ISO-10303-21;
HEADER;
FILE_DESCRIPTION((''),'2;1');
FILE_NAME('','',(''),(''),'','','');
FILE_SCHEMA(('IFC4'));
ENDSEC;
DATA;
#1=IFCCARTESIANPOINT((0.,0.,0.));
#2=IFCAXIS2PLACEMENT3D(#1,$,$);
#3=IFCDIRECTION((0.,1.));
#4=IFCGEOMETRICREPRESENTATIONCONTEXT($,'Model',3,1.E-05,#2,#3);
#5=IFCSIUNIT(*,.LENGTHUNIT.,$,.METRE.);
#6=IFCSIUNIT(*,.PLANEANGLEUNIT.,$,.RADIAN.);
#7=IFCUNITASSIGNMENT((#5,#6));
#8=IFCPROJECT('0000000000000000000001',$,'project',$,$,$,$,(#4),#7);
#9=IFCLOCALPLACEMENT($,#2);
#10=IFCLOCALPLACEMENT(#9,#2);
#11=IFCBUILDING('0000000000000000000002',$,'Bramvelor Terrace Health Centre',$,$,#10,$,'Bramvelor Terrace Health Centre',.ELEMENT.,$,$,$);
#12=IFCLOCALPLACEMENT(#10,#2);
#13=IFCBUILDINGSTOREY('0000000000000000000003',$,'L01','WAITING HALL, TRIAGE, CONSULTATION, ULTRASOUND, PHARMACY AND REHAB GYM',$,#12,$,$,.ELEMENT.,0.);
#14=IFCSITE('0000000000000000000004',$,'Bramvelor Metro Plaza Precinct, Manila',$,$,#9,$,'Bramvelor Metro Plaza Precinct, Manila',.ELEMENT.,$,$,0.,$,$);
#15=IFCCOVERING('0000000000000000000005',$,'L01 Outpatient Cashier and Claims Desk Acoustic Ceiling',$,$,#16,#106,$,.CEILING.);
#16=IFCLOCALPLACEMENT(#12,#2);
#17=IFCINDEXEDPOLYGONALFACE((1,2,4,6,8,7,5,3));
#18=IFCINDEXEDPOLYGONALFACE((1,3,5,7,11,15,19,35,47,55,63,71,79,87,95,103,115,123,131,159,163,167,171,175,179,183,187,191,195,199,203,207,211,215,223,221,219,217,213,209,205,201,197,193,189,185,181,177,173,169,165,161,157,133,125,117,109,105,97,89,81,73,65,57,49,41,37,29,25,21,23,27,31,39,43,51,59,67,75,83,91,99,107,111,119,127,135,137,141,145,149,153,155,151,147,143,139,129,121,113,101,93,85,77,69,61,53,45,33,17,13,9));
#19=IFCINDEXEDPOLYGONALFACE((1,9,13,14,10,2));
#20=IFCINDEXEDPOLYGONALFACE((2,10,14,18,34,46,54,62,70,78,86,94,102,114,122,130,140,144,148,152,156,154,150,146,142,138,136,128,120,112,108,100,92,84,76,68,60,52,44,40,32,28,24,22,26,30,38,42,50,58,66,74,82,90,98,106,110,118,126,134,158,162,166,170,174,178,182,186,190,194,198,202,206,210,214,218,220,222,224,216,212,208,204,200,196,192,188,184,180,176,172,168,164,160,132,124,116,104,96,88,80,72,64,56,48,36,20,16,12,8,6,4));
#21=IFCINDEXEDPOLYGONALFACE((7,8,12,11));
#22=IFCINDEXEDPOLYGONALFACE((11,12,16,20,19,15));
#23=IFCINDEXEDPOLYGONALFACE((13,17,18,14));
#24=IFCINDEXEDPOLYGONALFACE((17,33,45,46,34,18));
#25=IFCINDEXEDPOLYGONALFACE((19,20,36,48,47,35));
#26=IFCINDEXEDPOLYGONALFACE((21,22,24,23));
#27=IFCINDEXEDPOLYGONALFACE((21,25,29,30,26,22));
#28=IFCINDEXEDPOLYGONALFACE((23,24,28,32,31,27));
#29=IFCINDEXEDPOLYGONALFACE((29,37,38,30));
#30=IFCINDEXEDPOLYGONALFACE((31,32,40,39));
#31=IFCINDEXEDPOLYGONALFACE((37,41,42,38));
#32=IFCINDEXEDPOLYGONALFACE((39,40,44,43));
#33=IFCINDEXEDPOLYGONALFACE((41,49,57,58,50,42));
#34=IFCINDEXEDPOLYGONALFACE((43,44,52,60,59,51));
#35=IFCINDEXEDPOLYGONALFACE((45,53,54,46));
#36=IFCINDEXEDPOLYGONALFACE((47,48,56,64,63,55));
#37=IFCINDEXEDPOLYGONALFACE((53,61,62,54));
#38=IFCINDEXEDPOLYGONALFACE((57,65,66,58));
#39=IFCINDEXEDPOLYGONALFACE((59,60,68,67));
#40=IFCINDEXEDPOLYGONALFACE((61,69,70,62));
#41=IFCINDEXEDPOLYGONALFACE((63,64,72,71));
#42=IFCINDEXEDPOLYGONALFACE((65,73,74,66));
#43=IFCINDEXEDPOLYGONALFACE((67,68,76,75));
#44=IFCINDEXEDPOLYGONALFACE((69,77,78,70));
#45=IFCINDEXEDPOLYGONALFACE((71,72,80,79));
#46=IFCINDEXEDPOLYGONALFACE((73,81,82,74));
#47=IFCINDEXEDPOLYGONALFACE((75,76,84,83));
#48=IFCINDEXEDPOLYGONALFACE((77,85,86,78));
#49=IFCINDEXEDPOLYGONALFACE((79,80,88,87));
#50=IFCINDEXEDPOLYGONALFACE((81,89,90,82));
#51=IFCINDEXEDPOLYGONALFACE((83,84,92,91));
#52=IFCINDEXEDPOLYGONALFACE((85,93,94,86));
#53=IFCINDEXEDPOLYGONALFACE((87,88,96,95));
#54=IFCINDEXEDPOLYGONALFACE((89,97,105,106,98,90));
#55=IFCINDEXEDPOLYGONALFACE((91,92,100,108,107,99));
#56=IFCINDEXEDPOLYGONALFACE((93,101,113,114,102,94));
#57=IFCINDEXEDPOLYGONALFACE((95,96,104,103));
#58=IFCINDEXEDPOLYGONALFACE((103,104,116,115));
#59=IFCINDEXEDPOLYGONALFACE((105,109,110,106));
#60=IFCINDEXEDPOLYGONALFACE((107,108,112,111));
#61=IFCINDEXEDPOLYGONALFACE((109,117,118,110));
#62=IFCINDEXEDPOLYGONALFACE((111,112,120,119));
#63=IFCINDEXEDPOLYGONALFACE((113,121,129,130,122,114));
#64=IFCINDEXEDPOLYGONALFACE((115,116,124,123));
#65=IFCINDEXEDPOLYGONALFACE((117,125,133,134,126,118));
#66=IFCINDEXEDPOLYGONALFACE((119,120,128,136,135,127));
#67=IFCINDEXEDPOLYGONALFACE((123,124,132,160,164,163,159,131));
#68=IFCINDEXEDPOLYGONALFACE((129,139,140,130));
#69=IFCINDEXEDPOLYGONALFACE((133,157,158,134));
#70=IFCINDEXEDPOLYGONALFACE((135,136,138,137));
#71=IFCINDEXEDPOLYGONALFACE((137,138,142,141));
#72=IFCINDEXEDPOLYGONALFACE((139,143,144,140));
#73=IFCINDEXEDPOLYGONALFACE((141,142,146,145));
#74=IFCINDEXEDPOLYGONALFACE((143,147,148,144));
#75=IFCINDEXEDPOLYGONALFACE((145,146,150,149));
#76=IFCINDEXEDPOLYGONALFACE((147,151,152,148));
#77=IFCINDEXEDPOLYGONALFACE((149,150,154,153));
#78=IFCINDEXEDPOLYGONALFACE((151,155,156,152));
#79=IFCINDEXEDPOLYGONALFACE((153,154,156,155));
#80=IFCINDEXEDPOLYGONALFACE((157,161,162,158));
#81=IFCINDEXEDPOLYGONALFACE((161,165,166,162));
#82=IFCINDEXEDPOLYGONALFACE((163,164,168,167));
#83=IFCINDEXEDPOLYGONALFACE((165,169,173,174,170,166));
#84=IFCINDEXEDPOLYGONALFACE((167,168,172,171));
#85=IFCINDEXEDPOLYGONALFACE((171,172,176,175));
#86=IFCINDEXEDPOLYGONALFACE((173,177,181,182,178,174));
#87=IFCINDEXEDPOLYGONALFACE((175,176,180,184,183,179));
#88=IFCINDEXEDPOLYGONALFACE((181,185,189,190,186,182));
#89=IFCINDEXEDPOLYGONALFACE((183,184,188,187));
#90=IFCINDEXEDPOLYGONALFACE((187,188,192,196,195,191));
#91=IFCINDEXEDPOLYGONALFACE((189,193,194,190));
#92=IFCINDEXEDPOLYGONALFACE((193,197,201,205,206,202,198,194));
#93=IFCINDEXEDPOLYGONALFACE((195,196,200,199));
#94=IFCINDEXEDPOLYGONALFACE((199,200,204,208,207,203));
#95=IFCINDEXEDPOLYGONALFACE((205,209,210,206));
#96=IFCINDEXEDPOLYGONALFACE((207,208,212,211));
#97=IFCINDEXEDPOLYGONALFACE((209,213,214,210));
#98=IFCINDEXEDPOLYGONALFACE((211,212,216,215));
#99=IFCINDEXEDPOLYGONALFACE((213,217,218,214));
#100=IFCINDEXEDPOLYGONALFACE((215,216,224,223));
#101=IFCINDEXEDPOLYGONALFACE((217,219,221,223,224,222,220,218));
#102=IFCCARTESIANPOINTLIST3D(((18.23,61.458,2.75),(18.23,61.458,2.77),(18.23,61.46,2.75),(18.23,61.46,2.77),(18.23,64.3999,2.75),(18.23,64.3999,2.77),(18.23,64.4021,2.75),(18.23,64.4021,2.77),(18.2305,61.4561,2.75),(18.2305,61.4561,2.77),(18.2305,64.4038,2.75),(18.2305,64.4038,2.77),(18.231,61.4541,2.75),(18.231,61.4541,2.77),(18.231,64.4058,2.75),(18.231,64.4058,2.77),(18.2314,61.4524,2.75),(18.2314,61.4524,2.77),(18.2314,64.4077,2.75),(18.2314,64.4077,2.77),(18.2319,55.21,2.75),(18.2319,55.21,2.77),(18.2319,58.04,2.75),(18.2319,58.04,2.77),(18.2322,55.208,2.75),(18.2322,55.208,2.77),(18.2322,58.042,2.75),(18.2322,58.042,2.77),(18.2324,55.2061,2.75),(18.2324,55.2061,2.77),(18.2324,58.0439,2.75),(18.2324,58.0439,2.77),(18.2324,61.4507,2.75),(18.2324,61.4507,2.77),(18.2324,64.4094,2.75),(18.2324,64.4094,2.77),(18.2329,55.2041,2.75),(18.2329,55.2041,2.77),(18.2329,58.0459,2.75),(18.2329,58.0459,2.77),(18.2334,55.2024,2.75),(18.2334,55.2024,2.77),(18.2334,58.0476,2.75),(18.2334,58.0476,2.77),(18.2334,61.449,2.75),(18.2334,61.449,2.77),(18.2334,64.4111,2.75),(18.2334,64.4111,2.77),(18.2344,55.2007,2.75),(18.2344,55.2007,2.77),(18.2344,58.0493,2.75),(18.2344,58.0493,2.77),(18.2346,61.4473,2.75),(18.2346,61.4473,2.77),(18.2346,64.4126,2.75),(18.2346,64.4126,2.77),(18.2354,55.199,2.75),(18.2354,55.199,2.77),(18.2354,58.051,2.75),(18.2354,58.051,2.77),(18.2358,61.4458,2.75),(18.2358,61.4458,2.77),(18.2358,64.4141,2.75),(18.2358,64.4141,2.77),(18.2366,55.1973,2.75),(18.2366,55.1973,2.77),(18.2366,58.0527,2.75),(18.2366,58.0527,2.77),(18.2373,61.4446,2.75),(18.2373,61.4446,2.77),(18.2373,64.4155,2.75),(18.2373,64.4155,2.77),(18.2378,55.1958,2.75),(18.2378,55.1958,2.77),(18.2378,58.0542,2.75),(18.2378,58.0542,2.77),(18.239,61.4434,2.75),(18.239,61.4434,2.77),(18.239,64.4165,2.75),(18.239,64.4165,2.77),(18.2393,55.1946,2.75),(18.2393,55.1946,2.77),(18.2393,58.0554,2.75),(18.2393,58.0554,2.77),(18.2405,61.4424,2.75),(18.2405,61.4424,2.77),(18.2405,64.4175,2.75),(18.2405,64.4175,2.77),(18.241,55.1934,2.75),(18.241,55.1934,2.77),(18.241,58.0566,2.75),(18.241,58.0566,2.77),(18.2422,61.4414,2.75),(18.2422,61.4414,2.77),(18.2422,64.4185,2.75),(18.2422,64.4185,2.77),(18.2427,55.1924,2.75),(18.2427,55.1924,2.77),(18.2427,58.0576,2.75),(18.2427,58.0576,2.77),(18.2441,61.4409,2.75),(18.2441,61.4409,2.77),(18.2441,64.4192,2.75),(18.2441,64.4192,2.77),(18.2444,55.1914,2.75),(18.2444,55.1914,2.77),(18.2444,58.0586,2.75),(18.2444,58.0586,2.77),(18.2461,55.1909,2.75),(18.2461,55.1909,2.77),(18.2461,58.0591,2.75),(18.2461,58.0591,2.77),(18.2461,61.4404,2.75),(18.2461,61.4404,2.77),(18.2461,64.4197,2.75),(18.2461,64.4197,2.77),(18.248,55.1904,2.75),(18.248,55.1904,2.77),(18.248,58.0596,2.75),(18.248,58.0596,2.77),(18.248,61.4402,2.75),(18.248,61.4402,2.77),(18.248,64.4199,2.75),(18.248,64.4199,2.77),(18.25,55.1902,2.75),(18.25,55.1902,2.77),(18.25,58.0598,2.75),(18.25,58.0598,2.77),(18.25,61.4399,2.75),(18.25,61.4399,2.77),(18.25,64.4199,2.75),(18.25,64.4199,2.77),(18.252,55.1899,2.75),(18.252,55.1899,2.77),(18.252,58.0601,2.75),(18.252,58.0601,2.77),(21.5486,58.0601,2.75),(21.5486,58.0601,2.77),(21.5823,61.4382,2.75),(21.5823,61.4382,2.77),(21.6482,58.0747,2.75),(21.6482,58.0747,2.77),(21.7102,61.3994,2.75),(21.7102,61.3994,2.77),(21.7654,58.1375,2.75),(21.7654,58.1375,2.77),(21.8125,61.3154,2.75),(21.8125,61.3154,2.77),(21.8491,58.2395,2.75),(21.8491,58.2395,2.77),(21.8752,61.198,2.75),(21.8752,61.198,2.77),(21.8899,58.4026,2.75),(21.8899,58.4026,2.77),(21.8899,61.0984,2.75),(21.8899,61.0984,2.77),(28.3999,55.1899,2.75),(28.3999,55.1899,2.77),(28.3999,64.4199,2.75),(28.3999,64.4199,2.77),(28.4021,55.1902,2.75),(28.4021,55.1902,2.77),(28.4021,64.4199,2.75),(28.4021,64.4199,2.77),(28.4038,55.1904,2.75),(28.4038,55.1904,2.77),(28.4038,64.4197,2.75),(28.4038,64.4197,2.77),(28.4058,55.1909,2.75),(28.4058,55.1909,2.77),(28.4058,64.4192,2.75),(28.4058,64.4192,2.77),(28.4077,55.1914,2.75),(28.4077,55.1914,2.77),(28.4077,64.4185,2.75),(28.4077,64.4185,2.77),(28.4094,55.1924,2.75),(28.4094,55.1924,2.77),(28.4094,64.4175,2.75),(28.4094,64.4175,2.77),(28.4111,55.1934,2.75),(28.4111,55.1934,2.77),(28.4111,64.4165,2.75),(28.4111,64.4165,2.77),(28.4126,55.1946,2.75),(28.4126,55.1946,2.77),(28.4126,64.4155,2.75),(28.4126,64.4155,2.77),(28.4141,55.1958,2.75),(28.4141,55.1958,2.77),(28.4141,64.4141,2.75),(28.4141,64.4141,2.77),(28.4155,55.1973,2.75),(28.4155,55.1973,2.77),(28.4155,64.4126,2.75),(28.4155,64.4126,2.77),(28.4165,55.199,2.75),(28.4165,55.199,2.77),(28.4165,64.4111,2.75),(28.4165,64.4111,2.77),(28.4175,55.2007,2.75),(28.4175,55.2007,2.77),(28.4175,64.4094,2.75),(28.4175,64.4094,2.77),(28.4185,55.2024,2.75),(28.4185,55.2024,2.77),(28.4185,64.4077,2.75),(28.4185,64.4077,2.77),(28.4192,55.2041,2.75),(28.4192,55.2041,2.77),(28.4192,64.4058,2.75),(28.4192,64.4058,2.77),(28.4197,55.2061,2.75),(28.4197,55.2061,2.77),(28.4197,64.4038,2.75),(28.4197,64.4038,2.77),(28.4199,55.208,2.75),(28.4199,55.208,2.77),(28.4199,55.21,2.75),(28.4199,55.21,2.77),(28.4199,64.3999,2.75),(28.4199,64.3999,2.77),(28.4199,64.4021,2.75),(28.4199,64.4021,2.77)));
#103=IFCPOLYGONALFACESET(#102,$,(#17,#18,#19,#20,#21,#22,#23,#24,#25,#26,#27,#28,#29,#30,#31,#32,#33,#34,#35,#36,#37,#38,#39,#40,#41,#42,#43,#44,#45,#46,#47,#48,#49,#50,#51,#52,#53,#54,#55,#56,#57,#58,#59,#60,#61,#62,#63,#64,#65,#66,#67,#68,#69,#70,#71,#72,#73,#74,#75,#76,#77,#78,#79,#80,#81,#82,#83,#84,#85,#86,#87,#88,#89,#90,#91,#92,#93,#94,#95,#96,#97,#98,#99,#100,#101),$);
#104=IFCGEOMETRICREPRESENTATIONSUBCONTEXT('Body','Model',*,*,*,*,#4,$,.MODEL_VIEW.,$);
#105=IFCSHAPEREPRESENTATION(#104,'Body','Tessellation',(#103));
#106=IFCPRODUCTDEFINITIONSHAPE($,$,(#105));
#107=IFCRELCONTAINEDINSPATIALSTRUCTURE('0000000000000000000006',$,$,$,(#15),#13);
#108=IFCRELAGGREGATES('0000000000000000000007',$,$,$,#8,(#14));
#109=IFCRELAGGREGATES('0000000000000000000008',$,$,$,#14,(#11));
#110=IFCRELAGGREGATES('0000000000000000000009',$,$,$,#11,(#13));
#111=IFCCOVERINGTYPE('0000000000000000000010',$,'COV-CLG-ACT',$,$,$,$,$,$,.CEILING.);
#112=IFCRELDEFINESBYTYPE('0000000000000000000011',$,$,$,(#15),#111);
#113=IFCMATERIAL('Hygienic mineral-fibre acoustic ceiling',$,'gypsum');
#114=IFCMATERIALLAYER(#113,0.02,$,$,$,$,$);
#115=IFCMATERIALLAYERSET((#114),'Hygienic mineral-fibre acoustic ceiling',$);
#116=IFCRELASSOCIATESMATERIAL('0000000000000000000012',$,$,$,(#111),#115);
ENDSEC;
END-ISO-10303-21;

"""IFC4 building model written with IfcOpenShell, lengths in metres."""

from ifc_helpers import new_model, si_unit, direction, frame, origin, place, context, subcontext, project, spatial, polyline, outline, extrude, material, layer, layer_set, type_object, element, save


model = new_model("IFC4")

# Units and contexts
model_context = context("Model", 3, precision=1e-05, world=origin(), true_north=direction((0.0, 1.0)))
body_context = subcontext(model_context, "Body", "Model", "MODEL_VIEW")
ifc_project = project(units=[si_unit("LENGTHUNIT", "METRE"), si_unit("PLANEANGLEUNIT", "RADIAN")], contexts=[model_context])

# Site, building, storey
site_placement = place(None, origin())
site = spatial("IfcSite", under=ifc_project, at=site_placement, Name="Bramvelor Metro Plaza Precinct, Manila", LongName="Bramvelor Metro Plaza Precinct, Manila", CompositionType="ELEMENT", RefElevation=0.0)
building_placement = place(site_placement, origin())
building = spatial("IfcBuilding", under=site, at=building_placement, Name="Bramvelor Terrace Health Centre", LongName="Bramvelor Terrace Health Centre", CompositionType="ELEMENT")
storey_placement = place(building_placement, origin())
storey = spatial("IfcBuildingStorey", under=building, at=storey_placement, Name="L01", Description="WAITING HALL, TRIAGE, CONSULTATION, ULTRASOUND, PHARMACY AND REHAB GYM", CompositionType="ELEMENT", Elevation=0.0)

# Covering
ifc_material_1 = material(Name="Hygienic mineral-fibre acoustic ceiling", Category="gypsum")
ifc_layer_1 = layer(ifc_material_1, 0.02)
ifc_layer_set_1 = layer_set([ifc_layer_1], Name="Hygienic mineral-fibre acoustic ceiling")
covering_type_1 = type_object("IfcCoveringType", Name="COV-CLG-ACT", PredefinedType="CEILING", material=ifc_layer_set_1)
covering_1_placement = place(storey_placement, frame((0.0, 0.0, 2.75)))
element("IfcCovering", 1, at=covering_1_placement, inside=storey, type_object=covering_type_1, Name="L01 Outpatient Cashier and Claims Desk Acoustic Ceiling", PredefinedType="CEILING", context=body_context, shape_type="SweptSolid", body=[
    extrude(outline(polyline([(28.3999, 64.4199), (28.4021, 64.4199), (28.4038, 64.4197), (28.4058, 64.4192), (28.4077, 64.4185), (28.4094, 64.4175), (28.4111, 64.4165), (28.4126, 64.4155), (28.4141, 64.4141), (28.4155, 64.4126), (28.4165, 64.4111), (28.4175, 64.4094), (28.4185, 64.4077), (28.4192, 64.4058), (28.4197, 64.4038), (28.4199, 64.4021), (28.4199, 64.3999), (28.4199, 55.21), (28.4199, 55.208), (28.4197, 55.2061), (28.4192, 55.2041), (28.4185, 55.2024), (28.4175, 55.2007), (28.4165, 55.199), (28.4155, 55.1973), (28.4141, 55.1958), (28.4126, 55.1946), (28.4111, 55.1934), (28.4094, 55.1924), (28.4077, 55.1914), (28.4058, 55.1909), (28.4038, 55.1904), (28.4021, 55.1902), (28.3999, 55.1899), (18.252, 55.1899), (18.25, 55.1902), (18.248, 55.1904), (18.2461, 55.1909), (18.2444, 55.1914), (18.2427, 55.1924), (18.241, 55.1934), (18.2393, 55.1946), (18.2378, 55.1958), (18.2366, 55.1973), (18.2354, 55.199), (18.2344, 55.2007), (18.2334, 55.2024), (18.2329, 55.2041), (18.2324, 55.2061), (18.2322, 55.208), (18.2319, 55.21), (18.2319, 58.04), (18.2322, 58.042), (18.2324, 58.0439), (18.2329, 58.0459), (18.2334, 58.0476), (18.2344, 58.0493), (18.2354, 58.051), (18.2366, 58.0527), (18.2378, 58.0542), (18.2393, 58.0554), (18.241, 58.0566), (18.2427, 58.0576), (18.2444, 58.0586), (18.2461, 58.0591), (18.248, 58.0596), (18.25, 58.0598), (18.252, 58.0601), (21.5486, 58.0601), (21.6482, 58.0747), (21.7654, 58.1375), (21.8491, 58.2395), (21.8899, 58.4026), (21.8899, 61.0984), (21.8752, 61.198), (21.8125, 61.3154), (21.7102, 61.3994), (21.5823, 61.4382), (18.25, 61.4399), (18.248, 61.4402), (18.2461, 61.4404), (18.2441, 61.4409), (18.2422, 61.4414), (18.2405, 61.4424), (18.239, 61.4434), (18.2373, 61.4446), (18.2358, 61.4458), (18.2346, 61.4473), (18.2334, 61.449), (18.2324, 61.4507), (18.2314, 61.4524), (18.231, 61.4541), (18.2305, 61.4561), (18.23, 61.458), (18.23, 61.46), (18.23, 64.3999), (18.23, 64.4021), (18.2305, 64.4038), (18.231, 64.4058), (18.2314, 64.4077), (18.2324, 64.4094), (18.2334, 64.4111), (18.2346, 64.4126), (18.2358, 64.4141), (18.2373, 64.4155), (18.239, 64.4165), (18.2405, 64.4175), (18.2422, 64.4185), (18.2441, 64.4192), (18.2461, 64.4197), (18.248, 64.4199), (18.25, 64.4199), (28.3999, 64.4199)])), origin(), (0.0, 0.0, 1.0), 0.02),
])

save(model, "model.ifc")
